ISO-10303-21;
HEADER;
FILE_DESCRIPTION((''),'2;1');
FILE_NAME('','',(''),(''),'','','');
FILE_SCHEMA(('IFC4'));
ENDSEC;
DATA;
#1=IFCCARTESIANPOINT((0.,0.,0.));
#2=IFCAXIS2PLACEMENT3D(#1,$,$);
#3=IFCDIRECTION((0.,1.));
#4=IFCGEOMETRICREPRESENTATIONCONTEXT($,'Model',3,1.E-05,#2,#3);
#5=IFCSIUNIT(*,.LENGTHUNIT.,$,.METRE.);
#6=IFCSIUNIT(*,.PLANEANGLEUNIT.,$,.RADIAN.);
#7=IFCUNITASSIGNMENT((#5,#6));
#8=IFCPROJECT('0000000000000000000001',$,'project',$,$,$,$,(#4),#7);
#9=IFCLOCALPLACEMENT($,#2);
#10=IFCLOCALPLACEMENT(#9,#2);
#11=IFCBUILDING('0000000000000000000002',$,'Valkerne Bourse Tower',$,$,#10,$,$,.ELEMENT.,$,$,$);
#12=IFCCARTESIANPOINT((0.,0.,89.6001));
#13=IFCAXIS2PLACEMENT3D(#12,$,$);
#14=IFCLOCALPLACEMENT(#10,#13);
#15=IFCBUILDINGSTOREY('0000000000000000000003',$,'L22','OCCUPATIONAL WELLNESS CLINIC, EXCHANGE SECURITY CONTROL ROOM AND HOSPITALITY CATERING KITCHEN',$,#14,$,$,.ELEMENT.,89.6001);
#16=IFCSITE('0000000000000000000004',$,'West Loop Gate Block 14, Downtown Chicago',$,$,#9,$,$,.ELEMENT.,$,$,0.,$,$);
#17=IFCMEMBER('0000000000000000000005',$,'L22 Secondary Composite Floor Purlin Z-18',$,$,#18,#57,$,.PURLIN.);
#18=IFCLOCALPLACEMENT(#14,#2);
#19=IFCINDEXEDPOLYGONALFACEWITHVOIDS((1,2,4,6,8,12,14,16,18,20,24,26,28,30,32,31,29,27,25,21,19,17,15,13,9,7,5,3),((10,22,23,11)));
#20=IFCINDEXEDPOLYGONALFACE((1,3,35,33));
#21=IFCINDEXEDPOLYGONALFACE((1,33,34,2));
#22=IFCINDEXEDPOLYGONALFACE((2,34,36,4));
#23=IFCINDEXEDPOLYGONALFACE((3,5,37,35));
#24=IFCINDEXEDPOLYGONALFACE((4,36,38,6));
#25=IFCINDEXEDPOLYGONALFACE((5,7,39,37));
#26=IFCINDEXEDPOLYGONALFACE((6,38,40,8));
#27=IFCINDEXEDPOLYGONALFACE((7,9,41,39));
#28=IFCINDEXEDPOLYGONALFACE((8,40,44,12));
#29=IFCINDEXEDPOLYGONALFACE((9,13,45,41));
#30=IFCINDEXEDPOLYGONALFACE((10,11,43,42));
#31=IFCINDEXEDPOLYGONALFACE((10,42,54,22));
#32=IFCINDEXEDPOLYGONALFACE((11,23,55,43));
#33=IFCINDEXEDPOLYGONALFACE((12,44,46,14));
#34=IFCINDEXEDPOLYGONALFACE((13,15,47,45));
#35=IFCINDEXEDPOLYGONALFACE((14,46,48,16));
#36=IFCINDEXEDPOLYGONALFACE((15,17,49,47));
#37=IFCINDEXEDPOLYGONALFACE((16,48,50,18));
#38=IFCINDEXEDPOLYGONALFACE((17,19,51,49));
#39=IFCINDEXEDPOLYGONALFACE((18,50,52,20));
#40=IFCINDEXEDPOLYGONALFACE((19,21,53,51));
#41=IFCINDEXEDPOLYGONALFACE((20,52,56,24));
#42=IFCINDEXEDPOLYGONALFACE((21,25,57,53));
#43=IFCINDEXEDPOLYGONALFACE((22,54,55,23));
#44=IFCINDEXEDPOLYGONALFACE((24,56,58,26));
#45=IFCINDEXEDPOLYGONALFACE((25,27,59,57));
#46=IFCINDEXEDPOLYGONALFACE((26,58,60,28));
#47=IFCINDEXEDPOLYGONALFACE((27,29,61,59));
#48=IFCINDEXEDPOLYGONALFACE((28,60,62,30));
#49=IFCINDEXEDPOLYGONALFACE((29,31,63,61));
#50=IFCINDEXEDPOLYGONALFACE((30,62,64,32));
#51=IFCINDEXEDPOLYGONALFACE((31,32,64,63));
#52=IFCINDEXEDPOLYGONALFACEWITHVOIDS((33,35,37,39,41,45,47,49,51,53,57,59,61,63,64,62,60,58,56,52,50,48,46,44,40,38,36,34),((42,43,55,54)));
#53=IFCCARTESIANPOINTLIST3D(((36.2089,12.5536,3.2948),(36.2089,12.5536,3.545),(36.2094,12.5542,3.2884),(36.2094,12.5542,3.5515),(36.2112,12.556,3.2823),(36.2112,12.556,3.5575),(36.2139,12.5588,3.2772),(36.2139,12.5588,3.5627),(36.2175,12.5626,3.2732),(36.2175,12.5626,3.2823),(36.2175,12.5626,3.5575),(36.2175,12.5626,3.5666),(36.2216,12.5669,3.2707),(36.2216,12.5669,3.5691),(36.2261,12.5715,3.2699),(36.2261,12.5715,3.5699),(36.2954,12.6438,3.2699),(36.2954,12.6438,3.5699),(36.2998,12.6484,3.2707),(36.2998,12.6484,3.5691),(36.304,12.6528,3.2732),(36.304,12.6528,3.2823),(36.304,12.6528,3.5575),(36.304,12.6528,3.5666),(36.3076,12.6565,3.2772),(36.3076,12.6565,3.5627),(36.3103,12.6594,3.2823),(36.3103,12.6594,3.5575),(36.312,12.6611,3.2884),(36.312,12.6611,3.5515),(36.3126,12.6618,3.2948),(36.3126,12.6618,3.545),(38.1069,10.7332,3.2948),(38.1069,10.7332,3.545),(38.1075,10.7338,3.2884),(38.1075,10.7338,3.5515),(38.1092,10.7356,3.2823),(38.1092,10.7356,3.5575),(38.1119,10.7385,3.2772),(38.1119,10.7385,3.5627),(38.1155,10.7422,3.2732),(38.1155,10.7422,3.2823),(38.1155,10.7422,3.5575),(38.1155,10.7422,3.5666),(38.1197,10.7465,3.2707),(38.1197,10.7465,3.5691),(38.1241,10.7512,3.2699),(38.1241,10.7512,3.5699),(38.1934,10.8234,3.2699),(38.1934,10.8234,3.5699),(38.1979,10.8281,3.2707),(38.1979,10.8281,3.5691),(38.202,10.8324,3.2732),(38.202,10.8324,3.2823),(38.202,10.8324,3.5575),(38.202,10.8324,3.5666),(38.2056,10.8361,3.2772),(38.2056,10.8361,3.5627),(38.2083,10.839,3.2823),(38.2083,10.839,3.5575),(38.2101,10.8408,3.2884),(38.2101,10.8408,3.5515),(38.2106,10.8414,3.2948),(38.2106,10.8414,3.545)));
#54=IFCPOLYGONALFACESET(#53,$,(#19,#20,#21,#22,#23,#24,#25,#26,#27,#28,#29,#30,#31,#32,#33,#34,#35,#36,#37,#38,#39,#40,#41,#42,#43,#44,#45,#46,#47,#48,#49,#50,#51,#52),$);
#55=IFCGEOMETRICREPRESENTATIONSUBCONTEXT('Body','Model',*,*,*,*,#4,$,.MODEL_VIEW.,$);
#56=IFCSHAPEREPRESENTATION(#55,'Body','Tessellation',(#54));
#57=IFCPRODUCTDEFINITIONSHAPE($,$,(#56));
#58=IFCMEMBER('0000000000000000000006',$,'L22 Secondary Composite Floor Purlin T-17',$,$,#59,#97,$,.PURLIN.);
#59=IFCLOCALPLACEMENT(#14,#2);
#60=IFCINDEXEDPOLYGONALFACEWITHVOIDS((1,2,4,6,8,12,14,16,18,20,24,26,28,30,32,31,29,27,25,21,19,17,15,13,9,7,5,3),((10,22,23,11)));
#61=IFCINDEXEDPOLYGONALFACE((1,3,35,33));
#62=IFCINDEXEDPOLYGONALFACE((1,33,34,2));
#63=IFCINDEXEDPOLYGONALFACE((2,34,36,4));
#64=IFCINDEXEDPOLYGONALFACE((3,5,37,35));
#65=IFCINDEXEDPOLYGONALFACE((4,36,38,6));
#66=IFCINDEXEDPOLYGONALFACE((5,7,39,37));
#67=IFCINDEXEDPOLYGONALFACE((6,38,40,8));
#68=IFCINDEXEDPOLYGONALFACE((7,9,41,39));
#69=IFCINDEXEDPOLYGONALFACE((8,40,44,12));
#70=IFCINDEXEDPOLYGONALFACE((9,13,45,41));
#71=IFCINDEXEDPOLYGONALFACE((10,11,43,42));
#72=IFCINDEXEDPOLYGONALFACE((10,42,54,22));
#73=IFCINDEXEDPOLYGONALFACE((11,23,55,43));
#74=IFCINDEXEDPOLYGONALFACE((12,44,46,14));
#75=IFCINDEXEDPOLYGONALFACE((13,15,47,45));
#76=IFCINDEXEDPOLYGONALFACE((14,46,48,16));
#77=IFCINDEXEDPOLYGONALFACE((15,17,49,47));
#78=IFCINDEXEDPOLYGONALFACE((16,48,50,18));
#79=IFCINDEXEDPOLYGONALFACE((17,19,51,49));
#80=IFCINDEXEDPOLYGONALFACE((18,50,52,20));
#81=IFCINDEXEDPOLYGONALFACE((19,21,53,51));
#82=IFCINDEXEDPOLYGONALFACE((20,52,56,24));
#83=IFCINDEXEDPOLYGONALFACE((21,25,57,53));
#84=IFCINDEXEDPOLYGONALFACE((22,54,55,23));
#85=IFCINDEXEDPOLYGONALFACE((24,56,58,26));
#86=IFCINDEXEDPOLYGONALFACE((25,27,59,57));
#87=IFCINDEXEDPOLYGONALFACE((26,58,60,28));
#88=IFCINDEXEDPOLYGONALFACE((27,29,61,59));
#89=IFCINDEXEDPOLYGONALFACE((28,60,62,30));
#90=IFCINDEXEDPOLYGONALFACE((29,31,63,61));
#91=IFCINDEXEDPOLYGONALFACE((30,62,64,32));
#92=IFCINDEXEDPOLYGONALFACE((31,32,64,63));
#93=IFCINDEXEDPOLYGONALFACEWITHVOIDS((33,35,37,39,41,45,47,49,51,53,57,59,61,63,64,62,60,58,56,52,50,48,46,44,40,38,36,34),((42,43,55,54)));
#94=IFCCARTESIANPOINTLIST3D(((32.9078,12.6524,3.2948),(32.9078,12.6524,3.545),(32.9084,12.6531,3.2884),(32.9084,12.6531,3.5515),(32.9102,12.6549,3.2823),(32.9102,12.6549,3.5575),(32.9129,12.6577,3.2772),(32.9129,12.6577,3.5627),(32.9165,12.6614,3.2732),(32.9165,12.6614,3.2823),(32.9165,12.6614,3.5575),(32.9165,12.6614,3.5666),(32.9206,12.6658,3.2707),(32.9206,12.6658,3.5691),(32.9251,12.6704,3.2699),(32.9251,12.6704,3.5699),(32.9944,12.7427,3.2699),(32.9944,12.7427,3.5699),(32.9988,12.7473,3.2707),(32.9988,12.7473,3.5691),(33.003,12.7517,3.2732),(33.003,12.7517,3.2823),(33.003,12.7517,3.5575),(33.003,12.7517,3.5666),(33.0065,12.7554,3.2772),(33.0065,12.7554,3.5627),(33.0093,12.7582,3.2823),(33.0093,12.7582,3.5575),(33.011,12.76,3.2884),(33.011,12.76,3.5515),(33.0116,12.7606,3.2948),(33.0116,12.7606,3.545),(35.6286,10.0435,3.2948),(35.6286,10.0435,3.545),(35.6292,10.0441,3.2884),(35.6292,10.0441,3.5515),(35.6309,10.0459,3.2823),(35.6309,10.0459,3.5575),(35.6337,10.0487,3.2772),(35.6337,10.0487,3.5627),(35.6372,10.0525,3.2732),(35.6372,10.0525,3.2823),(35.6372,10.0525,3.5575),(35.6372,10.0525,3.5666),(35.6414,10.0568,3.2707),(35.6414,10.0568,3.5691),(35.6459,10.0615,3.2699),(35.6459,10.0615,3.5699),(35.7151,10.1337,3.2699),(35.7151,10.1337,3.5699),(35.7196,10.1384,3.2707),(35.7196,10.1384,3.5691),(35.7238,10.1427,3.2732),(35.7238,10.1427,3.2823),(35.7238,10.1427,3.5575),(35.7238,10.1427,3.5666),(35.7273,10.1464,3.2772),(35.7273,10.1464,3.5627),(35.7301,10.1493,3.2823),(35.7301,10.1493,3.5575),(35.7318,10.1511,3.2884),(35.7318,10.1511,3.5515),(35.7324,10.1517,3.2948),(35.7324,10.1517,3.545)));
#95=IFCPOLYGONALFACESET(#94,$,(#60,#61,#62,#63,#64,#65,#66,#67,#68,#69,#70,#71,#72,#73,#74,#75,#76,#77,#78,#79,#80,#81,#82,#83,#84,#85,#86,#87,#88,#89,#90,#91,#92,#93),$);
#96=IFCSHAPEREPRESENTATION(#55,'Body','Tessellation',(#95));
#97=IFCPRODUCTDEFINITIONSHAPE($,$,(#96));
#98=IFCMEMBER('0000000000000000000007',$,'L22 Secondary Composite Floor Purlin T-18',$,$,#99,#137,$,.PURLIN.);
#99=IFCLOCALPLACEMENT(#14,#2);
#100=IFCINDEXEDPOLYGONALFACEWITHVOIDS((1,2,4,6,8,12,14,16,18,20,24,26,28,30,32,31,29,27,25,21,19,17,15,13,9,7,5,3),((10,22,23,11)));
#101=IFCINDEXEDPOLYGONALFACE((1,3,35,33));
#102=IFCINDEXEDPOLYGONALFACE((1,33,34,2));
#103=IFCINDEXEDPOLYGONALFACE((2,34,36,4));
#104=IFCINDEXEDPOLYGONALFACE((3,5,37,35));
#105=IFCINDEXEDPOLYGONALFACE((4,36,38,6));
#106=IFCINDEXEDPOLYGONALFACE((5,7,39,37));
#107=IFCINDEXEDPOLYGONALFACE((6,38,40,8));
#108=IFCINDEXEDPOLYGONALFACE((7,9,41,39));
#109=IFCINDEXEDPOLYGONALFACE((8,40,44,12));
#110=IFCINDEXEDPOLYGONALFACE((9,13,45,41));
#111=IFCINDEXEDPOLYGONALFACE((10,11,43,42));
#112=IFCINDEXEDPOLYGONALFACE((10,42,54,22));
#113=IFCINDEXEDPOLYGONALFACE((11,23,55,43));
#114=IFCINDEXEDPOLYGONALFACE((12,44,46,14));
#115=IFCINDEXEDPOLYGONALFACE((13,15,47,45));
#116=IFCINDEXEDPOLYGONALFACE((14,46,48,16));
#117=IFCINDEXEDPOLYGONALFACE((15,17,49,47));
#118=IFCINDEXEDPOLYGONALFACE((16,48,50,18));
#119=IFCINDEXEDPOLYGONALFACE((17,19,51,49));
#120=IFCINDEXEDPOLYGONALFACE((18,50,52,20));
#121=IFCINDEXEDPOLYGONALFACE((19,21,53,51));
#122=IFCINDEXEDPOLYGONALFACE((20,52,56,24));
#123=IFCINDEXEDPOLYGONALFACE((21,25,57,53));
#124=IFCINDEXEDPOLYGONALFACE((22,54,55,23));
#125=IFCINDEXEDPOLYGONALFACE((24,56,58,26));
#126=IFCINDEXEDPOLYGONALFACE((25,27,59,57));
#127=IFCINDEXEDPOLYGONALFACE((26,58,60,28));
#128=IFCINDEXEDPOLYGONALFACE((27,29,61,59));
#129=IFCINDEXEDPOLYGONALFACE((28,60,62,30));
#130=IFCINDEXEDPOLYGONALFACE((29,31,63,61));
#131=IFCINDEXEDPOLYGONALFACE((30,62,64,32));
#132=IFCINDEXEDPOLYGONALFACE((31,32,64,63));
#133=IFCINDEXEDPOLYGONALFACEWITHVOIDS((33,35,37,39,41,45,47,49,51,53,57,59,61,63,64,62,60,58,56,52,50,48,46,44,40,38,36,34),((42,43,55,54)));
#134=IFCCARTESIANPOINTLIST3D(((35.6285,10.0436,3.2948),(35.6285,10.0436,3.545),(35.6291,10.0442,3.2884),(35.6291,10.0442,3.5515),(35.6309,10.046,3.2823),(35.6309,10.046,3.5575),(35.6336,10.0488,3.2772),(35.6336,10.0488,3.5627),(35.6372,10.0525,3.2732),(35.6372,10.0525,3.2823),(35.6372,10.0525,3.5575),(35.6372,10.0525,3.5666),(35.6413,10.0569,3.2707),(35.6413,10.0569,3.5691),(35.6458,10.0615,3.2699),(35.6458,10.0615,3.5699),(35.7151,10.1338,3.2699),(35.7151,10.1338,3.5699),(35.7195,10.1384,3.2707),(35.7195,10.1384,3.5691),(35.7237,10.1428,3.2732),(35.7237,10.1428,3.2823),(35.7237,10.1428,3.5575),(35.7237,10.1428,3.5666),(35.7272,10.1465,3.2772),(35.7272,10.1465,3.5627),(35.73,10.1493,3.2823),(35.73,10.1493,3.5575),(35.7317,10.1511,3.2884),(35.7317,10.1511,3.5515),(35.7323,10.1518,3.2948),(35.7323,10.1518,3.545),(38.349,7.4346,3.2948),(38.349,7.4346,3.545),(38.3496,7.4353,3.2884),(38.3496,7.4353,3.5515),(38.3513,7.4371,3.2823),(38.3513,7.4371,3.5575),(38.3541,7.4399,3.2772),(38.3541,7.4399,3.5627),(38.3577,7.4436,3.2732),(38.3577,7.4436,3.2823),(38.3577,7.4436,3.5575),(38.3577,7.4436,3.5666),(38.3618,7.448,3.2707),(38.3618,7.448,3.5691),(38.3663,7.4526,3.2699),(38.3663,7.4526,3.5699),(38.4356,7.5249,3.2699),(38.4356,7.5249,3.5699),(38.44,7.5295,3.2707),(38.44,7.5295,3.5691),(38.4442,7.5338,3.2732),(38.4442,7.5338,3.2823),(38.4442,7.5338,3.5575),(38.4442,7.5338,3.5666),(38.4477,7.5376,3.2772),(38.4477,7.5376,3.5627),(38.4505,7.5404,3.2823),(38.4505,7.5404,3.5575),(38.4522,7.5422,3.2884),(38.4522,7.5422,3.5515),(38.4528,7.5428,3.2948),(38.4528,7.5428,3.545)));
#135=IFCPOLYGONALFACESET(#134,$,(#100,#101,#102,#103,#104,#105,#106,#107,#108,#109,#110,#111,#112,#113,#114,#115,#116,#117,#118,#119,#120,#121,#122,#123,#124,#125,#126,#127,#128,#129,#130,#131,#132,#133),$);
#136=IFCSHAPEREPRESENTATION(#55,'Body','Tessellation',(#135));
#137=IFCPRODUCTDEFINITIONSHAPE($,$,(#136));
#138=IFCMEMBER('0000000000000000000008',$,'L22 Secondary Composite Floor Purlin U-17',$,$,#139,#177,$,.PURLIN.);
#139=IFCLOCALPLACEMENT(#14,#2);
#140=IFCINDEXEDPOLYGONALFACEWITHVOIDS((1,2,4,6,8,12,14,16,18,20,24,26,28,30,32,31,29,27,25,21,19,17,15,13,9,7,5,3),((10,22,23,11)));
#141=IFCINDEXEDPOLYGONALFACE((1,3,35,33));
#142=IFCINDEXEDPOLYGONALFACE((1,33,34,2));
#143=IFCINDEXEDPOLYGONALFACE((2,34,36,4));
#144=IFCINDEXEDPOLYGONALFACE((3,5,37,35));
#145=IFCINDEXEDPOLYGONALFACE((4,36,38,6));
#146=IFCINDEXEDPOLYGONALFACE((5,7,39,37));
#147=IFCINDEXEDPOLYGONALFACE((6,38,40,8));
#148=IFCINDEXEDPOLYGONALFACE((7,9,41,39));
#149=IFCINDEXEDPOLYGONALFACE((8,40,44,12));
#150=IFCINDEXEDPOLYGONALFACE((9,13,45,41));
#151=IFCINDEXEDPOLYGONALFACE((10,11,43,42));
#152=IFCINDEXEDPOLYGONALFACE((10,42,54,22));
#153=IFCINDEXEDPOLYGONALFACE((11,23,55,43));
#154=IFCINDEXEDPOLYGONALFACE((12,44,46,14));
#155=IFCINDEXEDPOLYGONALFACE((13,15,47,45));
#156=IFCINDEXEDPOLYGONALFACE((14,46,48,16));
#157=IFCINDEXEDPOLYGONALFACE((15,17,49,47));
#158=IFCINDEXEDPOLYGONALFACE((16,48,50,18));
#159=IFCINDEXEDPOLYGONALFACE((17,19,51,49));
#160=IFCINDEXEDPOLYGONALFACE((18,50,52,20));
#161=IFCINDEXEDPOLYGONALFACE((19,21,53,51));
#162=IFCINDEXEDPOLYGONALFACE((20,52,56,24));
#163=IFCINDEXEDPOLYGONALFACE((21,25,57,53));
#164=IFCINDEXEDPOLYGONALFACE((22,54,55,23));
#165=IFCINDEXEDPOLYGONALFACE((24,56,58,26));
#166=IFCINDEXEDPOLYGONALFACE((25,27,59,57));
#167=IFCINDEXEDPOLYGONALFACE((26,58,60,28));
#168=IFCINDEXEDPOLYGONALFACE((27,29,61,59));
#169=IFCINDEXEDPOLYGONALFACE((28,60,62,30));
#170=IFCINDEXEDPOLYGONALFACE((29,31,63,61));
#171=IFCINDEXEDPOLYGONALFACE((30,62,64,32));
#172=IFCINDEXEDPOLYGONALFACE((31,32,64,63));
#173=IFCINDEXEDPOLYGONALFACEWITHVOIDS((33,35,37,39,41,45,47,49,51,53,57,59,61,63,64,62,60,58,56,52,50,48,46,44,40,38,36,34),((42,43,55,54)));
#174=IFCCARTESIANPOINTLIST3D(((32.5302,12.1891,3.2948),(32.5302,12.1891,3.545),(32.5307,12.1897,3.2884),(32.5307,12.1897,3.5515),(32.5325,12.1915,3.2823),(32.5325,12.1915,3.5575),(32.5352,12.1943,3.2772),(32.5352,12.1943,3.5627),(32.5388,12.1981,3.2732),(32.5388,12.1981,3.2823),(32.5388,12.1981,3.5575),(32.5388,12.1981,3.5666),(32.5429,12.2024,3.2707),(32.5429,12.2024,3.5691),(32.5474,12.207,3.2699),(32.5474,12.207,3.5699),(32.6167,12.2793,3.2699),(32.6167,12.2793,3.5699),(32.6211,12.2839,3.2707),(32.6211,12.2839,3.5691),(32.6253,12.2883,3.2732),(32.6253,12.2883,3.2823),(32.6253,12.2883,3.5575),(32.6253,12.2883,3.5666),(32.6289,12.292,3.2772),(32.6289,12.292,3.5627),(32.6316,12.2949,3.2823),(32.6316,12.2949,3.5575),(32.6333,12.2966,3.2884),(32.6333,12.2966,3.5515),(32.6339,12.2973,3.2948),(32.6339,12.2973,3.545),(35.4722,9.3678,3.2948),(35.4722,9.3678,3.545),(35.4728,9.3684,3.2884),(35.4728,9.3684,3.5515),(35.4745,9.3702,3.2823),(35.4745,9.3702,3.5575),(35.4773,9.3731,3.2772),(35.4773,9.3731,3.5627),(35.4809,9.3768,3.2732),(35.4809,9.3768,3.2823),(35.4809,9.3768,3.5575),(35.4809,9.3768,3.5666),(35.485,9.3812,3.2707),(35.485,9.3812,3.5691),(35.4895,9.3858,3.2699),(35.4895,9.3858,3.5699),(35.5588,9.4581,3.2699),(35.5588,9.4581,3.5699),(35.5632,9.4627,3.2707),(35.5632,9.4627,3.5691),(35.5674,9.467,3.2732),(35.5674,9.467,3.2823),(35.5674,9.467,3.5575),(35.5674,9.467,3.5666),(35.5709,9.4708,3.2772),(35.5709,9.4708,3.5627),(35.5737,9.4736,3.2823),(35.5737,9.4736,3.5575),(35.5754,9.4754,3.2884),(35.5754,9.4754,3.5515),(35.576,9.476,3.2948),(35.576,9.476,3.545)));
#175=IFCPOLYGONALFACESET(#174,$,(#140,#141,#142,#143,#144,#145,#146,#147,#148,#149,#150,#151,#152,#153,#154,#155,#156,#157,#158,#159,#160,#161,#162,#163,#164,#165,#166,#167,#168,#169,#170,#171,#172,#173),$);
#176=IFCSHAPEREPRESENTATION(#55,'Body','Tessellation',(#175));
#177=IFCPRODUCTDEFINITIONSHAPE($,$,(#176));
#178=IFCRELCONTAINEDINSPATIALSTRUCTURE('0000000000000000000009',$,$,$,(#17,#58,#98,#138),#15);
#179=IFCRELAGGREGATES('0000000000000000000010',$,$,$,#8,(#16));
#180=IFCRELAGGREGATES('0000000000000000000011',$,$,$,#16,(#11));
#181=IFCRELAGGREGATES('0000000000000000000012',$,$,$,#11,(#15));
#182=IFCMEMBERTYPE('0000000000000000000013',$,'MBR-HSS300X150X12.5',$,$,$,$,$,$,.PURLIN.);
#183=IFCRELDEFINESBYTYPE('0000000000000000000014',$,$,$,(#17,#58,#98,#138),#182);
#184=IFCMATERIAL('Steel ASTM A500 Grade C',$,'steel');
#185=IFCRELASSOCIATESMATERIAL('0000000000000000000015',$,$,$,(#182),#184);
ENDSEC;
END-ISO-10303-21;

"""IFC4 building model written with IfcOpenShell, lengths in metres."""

from ifc_helpers import new_model, si_unit, direction, frame, origin, origin_2d, place, context, subcontext, project, spatial, hollow_rectangle, extrude, material, material_profile, profile_set, type_object, element, save


model = new_model("IFC4")

# Units and contexts
model_context = context("Model", 3, precision=1e-05, world=origin(), true_north=direction((0.0, 1.0)))
body_context = subcontext(model_context, "Body", "Model", "MODEL_VIEW")
ifc_project = project(units=[si_unit("LENGTHUNIT", "METRE"), si_unit("PLANEANGLEUNIT", "RADIAN")], contexts=[model_context])

# Site, building, storey
site_placement = place(None, origin())
site = spatial("IfcSite", under=ifc_project, at=site_placement, Name="West Loop Gate Block 14, Downtown Chicago", CompositionType="ELEMENT", RefElevation=0.0)
building_placement = place(site_placement, origin())
building = spatial("IfcBuilding", under=site, at=building_placement, Name="Valkerne Bourse Tower", CompositionType="ELEMENT")
storey_placement = place(building_placement, frame((0.0, 0.0, 89.6001)))
storey = spatial("IfcBuildingStorey", under=building, at=storey_placement, Name="L22", Description="OCCUPATIONAL WELLNESS CLINIC, EXCHANGE SECURITY CONTROL ROOM AND HOSPITALITY CATERING KITCHEN", CompositionType="ELEMENT", Elevation=89.6001)

# Members
ifc_material_1 = material(Name="Steel ASTM A500 Grade C", Category="steel")
ifc_material_profile_1 = material_profile(ifc_material_1, hollow_rectangle(XDim=0.1499, YDim=0.3, WallThickness=0.0125, OuterFilletRadius=0.0249, at=origin_2d()), Name="HSS300X150X12.5")
ifc_profile_set_1 = profile_set([ifc_material_profile_1], Name="Steel ASTM A500 Grade C")
member_type_1 = type_object("IfcMemberType", Name="MBR-HSS300X150X12.5", PredefinedType="PURLIN", material=ifc_profile_set_1)
for number, where, z_axis, x_axis, name in (
    (1, (36.2607, 12.6077, 3.4199), (0.721714, -0.692192, 0.0), (0.692192, 0.721714, 0.0), "L22 Secondary Composite Floor Purlin Z-18"),
):
    element("IfcMember", number, at=place(storey_placement, frame(where, z_axis=z_axis, x_axis=x_axis)), inside=storey, type_object=member_type_1, Name=name, PredefinedType="PURLIN", context=body_context, shape_type="SweptSolid", body=[
        extrude(hollow_rectangle(XDim=0.1499, YDim=0.3, WallThickness=0.0125, OuterFilletRadius=0.0249, at=origin_2d()), origin(), (0.0, 0.0, 1.0), 2.6299),
    ])
member_1_placement = place(storey_placement, frame((32.9597, 12.7065, 3.4199), z_axis=(0.721783, -0.692119, 0.0), x_axis=(0.692119, 0.721783, 0.0)))
element("IfcMember", 2, at=member_1_placement, inside=storey, type_object=member_type_1, Name="L22 Secondary Composite Floor Purlin T-17", PredefinedType="PURLIN", context=body_context, shape_type="SweptSolid", body=[
    extrude(hollow_rectangle(XDim=0.1499, YDim=0.3, WallThickness=0.0125, OuterFilletRadius=0.0249, at=origin_2d()), origin(), (0.0, 0.0, 1.0), 3.7695),
])
member_2_placement = place(storey_placement, frame((35.6804, 10.0977, 3.4199), z_axis=(0.721752, -0.692152, 0.0), x_axis=(0.692152, 0.721752, 0.0)))
element("IfcMember", 3, at=member_2_placement, inside=storey, type_object=member_type_1, Name="L22 Secondary Composite Floor Purlin T-18", PredefinedType="PURLIN", context=body_context, shape_type="SweptSolid", body=[
    extrude(hollow_rectangle(XDim=0.1499, YDim=0.3, WallThickness=0.0125, OuterFilletRadius=0.0249, at=origin_2d()), origin(), (0.0, 0.0, 1.0), 3.7693),
])
for number, where, z_axis, x_axis, name in (
    (4, (32.582, 12.2432, 3.4199), (0.721775, -0.692128, 0.0), (0.692128, 0.721775, 0.0), "L22 Secondary Composite Floor Purlin U-17"),
):
    element("IfcMember", number, at=place(storey_placement, frame(where, z_axis=z_axis, x_axis=x_axis)), inside=storey, type_object=member_type_1, Name=name, PredefinedType="PURLIN", context=body_context, shape_type="SweptSolid", body=[
        extrude(hollow_rectangle(XDim=0.1499, YDim=0.3, WallThickness=0.0125, OuterFilletRadius=0.0249, at=origin_2d()), origin(), (0.0, 0.0, 1.0), 4.0762),
    ])

save(model, "model.ifc")
